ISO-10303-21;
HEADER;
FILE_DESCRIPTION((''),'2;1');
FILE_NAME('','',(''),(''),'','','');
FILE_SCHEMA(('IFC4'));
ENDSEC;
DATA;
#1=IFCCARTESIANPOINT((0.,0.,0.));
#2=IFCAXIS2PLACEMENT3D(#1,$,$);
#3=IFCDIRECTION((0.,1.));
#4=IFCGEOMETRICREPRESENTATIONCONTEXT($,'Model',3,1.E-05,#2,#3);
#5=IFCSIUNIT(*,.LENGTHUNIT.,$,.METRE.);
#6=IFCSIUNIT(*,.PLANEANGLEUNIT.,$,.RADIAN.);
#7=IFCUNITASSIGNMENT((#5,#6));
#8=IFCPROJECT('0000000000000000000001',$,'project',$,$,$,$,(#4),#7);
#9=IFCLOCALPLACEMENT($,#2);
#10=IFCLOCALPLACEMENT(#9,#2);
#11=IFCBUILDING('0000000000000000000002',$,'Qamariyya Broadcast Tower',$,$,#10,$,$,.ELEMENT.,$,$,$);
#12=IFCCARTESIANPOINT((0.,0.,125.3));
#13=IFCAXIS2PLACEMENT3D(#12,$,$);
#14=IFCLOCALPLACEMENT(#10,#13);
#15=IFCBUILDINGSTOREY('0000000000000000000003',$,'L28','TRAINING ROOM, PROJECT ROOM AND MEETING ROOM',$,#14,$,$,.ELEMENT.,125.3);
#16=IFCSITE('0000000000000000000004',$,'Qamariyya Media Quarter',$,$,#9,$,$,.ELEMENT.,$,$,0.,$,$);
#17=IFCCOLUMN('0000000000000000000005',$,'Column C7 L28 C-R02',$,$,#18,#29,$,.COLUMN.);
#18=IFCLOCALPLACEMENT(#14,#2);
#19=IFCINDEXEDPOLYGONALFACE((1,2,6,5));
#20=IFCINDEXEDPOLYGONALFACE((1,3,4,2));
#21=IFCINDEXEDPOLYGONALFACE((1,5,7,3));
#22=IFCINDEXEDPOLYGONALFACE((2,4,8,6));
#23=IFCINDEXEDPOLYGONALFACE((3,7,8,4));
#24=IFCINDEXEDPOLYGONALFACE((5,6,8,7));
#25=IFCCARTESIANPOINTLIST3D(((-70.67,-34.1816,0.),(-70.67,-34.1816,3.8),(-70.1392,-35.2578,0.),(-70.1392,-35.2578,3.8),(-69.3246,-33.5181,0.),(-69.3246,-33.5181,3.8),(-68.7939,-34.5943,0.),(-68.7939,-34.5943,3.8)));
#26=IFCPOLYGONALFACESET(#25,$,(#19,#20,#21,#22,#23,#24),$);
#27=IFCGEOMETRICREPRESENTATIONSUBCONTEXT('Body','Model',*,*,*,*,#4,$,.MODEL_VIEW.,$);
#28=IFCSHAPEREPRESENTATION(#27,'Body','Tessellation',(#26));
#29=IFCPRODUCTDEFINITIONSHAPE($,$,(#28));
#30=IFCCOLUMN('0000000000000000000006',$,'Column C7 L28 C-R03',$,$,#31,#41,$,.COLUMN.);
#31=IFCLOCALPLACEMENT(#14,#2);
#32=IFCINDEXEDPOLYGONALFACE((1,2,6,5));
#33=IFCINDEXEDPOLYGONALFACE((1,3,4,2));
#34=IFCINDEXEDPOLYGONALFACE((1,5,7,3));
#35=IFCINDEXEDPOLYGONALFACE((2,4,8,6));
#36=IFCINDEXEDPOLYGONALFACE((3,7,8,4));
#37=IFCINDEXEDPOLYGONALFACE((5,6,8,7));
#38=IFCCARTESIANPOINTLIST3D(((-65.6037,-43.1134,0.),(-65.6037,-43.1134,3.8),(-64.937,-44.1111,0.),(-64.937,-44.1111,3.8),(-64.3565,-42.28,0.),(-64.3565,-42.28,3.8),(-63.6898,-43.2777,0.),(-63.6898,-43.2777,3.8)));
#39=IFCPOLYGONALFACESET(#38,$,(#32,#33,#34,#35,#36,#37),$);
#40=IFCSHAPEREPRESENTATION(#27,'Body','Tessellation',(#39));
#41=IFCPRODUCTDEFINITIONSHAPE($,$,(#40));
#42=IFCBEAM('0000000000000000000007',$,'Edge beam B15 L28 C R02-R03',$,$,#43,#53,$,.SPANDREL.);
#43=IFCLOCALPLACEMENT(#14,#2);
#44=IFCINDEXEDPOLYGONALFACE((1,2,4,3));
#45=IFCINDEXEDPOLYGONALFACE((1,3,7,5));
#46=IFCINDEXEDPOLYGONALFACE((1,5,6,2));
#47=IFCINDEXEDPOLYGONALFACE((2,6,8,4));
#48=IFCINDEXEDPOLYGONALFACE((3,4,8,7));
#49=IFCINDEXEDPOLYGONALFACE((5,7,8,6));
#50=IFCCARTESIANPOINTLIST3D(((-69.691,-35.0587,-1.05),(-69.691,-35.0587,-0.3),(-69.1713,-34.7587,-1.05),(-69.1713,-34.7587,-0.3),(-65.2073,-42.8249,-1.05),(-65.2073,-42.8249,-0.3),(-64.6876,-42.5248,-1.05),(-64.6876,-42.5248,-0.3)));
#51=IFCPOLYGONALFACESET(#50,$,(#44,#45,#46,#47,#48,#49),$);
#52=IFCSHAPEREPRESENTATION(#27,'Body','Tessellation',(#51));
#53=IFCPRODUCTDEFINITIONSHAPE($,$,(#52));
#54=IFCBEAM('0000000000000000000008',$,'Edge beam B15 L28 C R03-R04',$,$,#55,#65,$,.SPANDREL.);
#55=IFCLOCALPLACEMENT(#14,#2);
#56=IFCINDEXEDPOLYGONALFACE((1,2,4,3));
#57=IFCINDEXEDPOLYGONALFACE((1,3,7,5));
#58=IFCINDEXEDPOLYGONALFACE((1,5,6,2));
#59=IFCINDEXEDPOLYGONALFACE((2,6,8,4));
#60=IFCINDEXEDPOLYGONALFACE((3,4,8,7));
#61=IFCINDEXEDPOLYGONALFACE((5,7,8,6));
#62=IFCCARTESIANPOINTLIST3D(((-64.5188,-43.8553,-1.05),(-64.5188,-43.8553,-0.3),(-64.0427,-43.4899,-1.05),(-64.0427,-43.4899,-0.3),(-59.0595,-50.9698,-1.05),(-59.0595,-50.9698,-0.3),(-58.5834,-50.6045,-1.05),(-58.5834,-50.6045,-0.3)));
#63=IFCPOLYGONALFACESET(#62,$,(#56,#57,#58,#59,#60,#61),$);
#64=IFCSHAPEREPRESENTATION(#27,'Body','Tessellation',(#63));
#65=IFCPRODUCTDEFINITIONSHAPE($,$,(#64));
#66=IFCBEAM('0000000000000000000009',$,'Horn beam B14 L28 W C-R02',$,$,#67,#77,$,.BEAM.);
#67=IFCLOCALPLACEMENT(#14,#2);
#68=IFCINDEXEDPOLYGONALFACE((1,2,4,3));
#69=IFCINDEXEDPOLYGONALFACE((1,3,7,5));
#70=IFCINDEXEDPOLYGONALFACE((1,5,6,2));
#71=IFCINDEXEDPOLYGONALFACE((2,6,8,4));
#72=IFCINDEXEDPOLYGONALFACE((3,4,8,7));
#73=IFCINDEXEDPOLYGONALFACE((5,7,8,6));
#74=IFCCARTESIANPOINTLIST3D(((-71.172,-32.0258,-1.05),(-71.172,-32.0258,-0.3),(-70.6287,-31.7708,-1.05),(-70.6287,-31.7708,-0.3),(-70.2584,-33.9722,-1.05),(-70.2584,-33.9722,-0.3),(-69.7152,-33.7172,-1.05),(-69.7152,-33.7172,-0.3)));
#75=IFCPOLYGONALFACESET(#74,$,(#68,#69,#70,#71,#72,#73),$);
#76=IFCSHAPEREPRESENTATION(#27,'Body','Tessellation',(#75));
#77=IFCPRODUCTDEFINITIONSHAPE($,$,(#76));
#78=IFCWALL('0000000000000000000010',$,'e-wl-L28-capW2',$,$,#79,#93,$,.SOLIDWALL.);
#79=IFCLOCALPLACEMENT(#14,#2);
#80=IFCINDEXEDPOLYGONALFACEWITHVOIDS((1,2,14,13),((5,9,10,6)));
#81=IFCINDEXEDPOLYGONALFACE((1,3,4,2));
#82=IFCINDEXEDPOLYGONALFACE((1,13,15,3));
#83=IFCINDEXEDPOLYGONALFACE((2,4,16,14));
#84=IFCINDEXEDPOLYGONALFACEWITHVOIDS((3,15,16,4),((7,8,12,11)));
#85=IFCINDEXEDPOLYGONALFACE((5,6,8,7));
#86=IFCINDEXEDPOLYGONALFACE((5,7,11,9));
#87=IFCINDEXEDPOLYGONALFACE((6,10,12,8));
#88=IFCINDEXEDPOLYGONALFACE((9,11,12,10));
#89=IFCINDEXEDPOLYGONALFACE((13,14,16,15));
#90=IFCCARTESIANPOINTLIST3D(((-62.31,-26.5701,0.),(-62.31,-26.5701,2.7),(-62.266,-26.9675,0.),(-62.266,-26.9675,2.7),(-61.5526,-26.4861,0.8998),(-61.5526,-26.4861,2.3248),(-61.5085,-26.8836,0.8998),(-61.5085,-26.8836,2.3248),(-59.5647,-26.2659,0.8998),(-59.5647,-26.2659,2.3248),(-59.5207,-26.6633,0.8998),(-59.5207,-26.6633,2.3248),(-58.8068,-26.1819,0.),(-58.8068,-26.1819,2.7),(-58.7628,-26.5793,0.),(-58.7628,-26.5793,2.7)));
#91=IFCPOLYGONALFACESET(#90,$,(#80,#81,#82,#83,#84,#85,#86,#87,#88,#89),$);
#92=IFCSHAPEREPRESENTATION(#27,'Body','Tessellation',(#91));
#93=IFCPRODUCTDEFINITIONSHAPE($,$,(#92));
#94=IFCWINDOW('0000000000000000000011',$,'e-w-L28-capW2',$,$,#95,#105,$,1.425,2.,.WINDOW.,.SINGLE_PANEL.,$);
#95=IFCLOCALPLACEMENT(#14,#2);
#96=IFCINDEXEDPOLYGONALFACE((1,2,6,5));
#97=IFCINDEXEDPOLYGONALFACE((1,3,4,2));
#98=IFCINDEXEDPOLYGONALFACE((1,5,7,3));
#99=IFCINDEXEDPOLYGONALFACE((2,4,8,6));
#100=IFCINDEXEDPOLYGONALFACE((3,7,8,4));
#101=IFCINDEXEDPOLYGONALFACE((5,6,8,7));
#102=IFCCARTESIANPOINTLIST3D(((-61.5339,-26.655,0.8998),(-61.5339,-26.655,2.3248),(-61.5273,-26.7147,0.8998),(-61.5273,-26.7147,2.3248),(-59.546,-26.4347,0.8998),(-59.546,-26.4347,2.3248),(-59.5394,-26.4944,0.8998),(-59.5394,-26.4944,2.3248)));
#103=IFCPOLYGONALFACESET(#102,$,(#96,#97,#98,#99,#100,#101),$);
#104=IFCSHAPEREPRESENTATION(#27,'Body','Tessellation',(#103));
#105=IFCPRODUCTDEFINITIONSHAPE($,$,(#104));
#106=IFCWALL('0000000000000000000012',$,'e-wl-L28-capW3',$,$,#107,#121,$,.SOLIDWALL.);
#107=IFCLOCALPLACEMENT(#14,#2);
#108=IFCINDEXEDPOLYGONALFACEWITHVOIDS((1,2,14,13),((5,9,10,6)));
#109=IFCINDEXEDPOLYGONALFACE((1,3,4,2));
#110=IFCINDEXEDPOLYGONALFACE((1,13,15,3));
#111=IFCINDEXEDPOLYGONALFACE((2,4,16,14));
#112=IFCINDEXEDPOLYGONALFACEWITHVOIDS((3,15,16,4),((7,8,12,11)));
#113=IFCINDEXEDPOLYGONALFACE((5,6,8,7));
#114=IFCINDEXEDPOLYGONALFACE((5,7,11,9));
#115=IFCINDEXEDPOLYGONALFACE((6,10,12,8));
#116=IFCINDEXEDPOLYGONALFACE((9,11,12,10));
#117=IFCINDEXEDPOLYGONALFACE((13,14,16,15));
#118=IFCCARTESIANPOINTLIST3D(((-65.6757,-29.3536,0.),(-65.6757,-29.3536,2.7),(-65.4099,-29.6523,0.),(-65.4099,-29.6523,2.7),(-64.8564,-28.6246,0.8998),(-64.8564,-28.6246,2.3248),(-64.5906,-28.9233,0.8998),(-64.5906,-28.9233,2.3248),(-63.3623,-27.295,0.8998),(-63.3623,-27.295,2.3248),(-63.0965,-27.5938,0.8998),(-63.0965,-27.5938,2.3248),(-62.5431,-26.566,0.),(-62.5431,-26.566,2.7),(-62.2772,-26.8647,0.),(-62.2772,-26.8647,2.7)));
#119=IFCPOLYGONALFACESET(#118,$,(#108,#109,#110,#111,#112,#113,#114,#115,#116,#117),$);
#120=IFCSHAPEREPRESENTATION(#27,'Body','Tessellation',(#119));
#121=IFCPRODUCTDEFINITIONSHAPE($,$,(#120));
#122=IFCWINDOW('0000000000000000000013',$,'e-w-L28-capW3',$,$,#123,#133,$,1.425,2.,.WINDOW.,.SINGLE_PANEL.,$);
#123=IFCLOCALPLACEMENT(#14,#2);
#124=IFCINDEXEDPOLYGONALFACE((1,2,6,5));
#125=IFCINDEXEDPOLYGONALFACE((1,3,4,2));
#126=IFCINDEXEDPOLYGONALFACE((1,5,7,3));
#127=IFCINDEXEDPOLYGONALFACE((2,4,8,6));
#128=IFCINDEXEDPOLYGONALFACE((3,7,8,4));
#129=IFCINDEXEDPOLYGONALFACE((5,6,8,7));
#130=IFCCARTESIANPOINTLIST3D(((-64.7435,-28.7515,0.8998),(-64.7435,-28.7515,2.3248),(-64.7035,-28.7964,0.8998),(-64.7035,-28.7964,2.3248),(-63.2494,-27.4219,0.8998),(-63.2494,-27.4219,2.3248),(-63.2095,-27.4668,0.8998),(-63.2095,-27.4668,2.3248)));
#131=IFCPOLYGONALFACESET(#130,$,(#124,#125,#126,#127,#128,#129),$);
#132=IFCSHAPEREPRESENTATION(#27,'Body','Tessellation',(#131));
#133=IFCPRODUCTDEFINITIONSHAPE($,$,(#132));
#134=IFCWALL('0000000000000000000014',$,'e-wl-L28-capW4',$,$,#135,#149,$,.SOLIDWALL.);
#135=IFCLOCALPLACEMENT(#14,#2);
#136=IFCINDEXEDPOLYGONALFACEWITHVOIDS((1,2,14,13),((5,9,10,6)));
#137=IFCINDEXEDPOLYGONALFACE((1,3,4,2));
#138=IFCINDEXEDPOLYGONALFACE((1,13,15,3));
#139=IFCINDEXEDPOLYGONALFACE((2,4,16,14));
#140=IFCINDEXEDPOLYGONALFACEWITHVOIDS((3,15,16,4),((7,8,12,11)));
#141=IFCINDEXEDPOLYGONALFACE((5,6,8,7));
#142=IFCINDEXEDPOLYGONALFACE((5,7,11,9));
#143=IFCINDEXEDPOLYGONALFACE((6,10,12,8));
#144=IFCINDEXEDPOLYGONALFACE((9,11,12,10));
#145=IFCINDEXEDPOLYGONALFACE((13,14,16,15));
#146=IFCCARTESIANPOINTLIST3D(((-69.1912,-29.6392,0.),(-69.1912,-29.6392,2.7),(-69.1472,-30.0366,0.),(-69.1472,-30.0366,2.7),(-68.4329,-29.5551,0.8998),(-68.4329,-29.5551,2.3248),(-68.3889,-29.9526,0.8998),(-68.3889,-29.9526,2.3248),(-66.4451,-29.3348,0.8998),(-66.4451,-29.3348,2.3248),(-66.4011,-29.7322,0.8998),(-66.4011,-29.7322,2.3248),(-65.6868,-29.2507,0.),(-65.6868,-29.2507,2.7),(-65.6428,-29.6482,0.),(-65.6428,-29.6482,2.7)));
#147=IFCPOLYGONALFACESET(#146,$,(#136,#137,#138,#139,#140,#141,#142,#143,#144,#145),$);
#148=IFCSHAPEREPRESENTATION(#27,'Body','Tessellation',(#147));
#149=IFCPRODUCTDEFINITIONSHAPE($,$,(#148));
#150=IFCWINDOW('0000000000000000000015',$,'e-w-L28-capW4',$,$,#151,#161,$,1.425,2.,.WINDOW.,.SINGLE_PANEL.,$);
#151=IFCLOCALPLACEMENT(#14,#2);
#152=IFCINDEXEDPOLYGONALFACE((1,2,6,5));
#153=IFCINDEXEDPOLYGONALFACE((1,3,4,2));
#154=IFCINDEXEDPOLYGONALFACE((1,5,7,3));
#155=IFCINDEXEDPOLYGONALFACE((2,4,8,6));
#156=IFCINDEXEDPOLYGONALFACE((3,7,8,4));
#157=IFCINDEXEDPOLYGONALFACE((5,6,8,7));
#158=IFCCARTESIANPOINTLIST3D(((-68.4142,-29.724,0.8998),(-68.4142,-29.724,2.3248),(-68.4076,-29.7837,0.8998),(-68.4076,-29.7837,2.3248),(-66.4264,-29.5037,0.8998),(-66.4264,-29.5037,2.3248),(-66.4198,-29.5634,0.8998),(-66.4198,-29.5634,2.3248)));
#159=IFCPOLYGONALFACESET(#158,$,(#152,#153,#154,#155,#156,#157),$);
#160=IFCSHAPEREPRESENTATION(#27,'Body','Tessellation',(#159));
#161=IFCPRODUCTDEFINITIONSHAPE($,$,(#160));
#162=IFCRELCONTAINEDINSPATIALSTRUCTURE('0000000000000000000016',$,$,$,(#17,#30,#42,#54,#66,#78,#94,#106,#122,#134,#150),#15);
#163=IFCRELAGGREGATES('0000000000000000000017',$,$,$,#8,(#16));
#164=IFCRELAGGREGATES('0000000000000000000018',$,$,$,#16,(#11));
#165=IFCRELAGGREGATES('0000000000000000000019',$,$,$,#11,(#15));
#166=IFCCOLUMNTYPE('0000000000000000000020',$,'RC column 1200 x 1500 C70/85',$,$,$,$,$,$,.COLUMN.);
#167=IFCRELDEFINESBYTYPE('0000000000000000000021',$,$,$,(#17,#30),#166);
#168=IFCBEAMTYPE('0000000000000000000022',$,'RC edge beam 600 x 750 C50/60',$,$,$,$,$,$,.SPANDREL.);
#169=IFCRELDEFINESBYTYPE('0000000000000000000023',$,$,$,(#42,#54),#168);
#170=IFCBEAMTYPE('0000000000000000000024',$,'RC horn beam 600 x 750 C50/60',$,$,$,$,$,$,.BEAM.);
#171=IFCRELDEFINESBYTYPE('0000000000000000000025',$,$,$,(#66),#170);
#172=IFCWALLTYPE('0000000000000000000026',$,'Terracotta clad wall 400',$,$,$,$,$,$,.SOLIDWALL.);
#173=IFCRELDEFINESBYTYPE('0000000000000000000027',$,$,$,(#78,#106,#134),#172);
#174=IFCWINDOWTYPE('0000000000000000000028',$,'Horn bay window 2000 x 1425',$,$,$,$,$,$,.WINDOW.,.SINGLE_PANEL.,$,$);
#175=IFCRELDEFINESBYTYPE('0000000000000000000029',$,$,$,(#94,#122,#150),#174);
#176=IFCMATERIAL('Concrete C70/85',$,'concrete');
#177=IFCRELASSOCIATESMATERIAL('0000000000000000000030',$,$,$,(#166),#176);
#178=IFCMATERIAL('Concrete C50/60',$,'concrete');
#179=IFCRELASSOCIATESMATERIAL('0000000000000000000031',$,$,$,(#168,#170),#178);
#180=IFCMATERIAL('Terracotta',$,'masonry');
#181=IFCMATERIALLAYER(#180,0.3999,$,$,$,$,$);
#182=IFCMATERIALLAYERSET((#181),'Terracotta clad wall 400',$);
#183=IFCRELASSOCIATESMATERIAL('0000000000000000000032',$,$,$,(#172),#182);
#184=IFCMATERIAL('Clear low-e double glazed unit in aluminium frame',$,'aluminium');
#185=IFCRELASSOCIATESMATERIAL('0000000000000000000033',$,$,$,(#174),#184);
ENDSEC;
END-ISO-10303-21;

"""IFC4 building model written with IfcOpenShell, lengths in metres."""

from ifc_helpers import new_model, si_unit, direction, frame, frame_2d, origin, origin_2d, place, context, subcontext, project, spatial, rectangle, extrude, material, layer, layer_set, material_profile, profile_set, type_object, element, fill, save


model = new_model("IFC4")

# Units and contexts
model_context = context("Model", 3, precision=1e-05, world=origin(), true_north=direction((0.0, 1.0)))
body_context = subcontext(model_context, "Body", "Model", "MODEL_VIEW")
ifc_project = project(units=[si_unit("LENGTHUNIT", "METRE"), si_unit("PLANEANGLEUNIT", "RADIAN")], contexts=[model_context])

# Site, building, storey
site_placement = place(None, origin())
site = spatial("IfcSite", under=ifc_project, at=site_placement, Name="Qamariyya Media Quarter", CompositionType="ELEMENT", RefElevation=0.0)
building_placement = place(site_placement, origin())
building = spatial("IfcBuilding", under=site, at=building_placement, Name="Qamariyya Broadcast Tower", CompositionType="ELEMENT")
storey_placement = place(building_placement, frame((0.0, 0.0, 125.3)))
storey = spatial("IfcBuildingStorey", under=building, at=storey_placement, Name="L28", Description="TRAINING ROOM, PROJECT ROOM AND MEETING ROOM", CompositionType="ELEMENT", Elevation=125.3)

# Columns
ifc_material_1 = material(Name="Concrete C70/85", Category="concrete")
ifc_material_profile_1 = material_profile(ifc_material_1, rectangle(XDim=1.2, YDim=1.5, at=origin_2d()))
ifc_profile_set_1 = profile_set([ifc_material_profile_1], Name="Concrete C70/85")
column_type = type_object("IfcColumnType", Name="RC column 1200 x 1500 C70/85", PredefinedType="COLUMN", material=ifc_profile_set_1)
for number, where, z_axis, x_axis, name in (
    (1, (-69.7319, -34.3879, 0.0), (0.0, 0.0, 1.0), (0.442289, -0.896873, 0.0), "Column C7 L28 C-R02"),
    (2, (-64.6467, -43.1956, 0.0), (0.0, 0.0, 1.0), (0.55557, -0.83147, 0.0), "Column C7 L28 C-R03"),
):
    element("IfcColumn", number, at=place(storey_placement, frame(where, z_axis=z_axis, x_axis=x_axis)), inside=storey, type_object=column_type, Name=name, PredefinedType="COLUMN", context=body_context, shape_type="SweptSolid", body=[
        extrude(rectangle(XDim=1.2, YDim=1.5, at=origin_2d()), origin(), (0.0, 0.0, 1.0), 3.8),
    ])

# Beams
ifc_material_2 = material(Name="Concrete C50/60", Category="concrete")
ifc_material_profile_2 = material_profile(ifc_material_2, rectangle(XDim=0.6001, YDim=0.75, at=origin_2d()))
ifc_profile_set_2 = profile_set([ifc_material_profile_2], Name="Concrete C50/60")
beam_type_1 = type_object("IfcBeamType", Name="RC edge beam 600 x 750 C50/60", PredefinedType="SPANDREL", material=ifc_profile_set_2)
beam_1_placement = place(storey_placement, frame((-69.4312, -34.9087, -0.675), z_axis=(0.49999, -0.866031, 0.0), x_axis=(0.866031, 0.49999, 0.0)))
element("IfcBeam", 3, at=beam_1_placement, inside=storey, type_object=beam_type_1, Name="Edge beam B15 L28 C R02-R03", PredefinedType="SPANDREL", context=body_context, shape_type="SweptSolid", body=[
    extrude(rectangle(XDim=0.6001, YDim=0.75, at=origin_2d()), origin(), (0.0, 0.0, 1.0), 8.9675),
])
beam_2_placement = place(storey_placement, frame((-64.2808, -43.6726, -0.675), z_axis=(0.608767, -0.793349, 0.0), x_axis=(0.793349, 0.608767, 0.0)))
element("IfcBeam", 4, at=beam_2_placement, inside=storey, type_object=beam_type_1, Name="Edge beam B15 L28 C R03-R04", PredefinedType="SPANDREL", context=body_context, shape_type="SweptSolid", body=[
    extrude(rectangle(XDim=0.6001, YDim=0.75, at=origin_2d()), origin(), (0.0, 0.0, 1.0), 8.9678),
])
ifc_material_profile_3 = material_profile(ifc_material_2, rectangle(XDim=0.6001, YDim=0.75, at=origin_2d()))
ifc_profile_set_3 = profile_set([ifc_material_profile_3], Name="Concrete C50/60")
beam_type_2 = type_object("IfcBeamType", Name="RC horn beam 600 x 750 C50/60", PredefinedType="BEAM", material=ifc_profile_set_3)
beam_3_placement = place(storey_placement, frame((-69.9868, -33.8447, -0.675), z_axis=(-0.424867, 0.905256, 0.0), x_axis=(-0.905256, -0.424867, 0.0)))
element("IfcBeam", 5, at=beam_3_placement, inside=storey, type_object=beam_type_2, Name="Horn beam B14 L28 W C-R02", PredefinedType="BEAM", context=body_context, shape_type="SweptSolid", body=[
    extrude(rectangle(XDim=0.6001, YDim=0.75, at=origin_2d()), origin(), (0.0, 0.0, 1.0), 2.1501),
])

# Walls, openings, windows
ifc_material_3 = material(Name="Terracotta", Category="masonry")
ifc_layer = layer(ifc_material_3, 0.3999)
ifc_layer_set = layer_set([ifc_layer], Name="Terracotta clad wall 400")
wall_type = type_object("IfcWallType", Name="Terracotta clad wall 400", PredefinedType="SOLIDWALL", material=ifc_layer_set)
wall_1_placement = place(storey_placement, frame((-58.7849, -26.3806, 0.0), z_axis=(0.0, 0.0, 1.0), x_axis=(-0.993917, -0.110135, 0.0)))
wall_1 = element("IfcWall", 6, at=wall_1_placement, inside=storey, type_object=wall_type, Name="e-wl-L28-capW2", PredefinedType="SOLIDWALL", context=body_context, shape_type="SweptSolid", body=[
    extrude(rectangle(XDim=3.5247, YDim=0.3999, at=frame_2d((1.7622, 0.0))), origin(), (0.0, 0.0, 1.0), 2.7),
])
opening_1_placement = place(wall_1_placement, frame((0.7625, 0.0, 0.8999)))
opening_1 = element("IfcOpeningElement", 7, at=opening_1_placement, cuts=wall_1, PredefinedType="OPENING", context=body_context, shape_type="SweptSolid", body=[
    extrude(rectangle(XDim=2.0, YDim=1.425, at=frame_2d((1.0, 0.7124))), frame((0.0, 0.21, 0.0), z_axis=(0.0, -1.0, 0.0), x_axis=(1.0, 0.0, 0.0)), (0.0, 0.0, 1.0), 0.4199),
])
ifc_material_4 = material(Name="Clear low-e double glazed unit in aluminium frame", Category="aluminium")
window_type = type_object("IfcWindowType", Name="Horn bay window 2000 x 1425", PartitioningType="SINGLE_PANEL", PredefinedType="WINDOW", material=ifc_material_4)
window_1_placement = place(opening_1_placement, origin())
window_1 = element("IfcWindow", 8, at=window_1_placement, inside=storey, type_object=window_type, Name="e-w-L28-capW2", OverallHeight=1.425, OverallWidth=2.0, PartitioningType="SINGLE_PANEL", PredefinedType="WINDOW", context=body_context, shape_type="SweptSolid", body=[
    extrude(rectangle(XDim=2.0, YDim=1.425, at=frame_2d((1.0, 0.7124))), frame((0.0, 0.03, 0.0), z_axis=(0.0, -1.0, 0.0), x_axis=(1.0, 0.0, 0.0)), (0.0, 0.0, 1.0), 0.0601),
])
fill(opening_1, window_1)
wall_2_placement = place(storey_placement, frame((-62.4102, -26.7153, 0.0), z_axis=(0.0, 0.0, 1.0), x_axis=(-0.747043, -0.664776, 0.0)))
wall_2 = element("IfcWall", 9, at=wall_2_placement, inside=storey, type_object=wall_type, Name="e-wl-L28-capW3", PredefinedType="SOLIDWALL", context=body_context, shape_type="SweptSolid", body=[
    extrude(rectangle(XDim=4.1934, YDim=0.3999, at=frame_2d((2.0967, 0.0))), origin(), (0.0, 0.0, 1.0), 2.7),
])
opening_2_placement = place(wall_2_placement, frame((1.0967, 0.0, 0.8999)))
opening_2 = element("IfcOpeningElement", 10, at=opening_2_placement, cuts=wall_2, PredefinedType="OPENING", context=body_context, shape_type="SweptSolid", body=[
    extrude(rectangle(XDim=2.0, YDim=1.425, at=frame_2d((1.0, 0.7124))), frame((0.0, 0.21, 0.0), z_axis=(0.0, -1.0, 0.0), x_axis=(1.0, 0.0, 0.0)), (0.0, 0.0, 1.0), 0.4199),
])
window_2_placement = place(opening_2_placement, origin())
window_2 = element("IfcWindow", 11, at=window_2_placement, inside=storey, type_object=window_type, Name="e-w-L28-capW3", OverallHeight=1.425, OverallWidth=2.0, PartitioningType="SINGLE_PANEL", PredefinedType="WINDOW", context=body_context, shape_type="SweptSolid", body=[
    extrude(rectangle(XDim=2.0, YDim=1.425, at=frame_2d((1.0, 0.7124))), frame((0.0, 0.03, 0.0), z_axis=(0.0, -1.0, 0.0), x_axis=(1.0, 0.0, 0.0)), (0.0, 0.0, 1.0), 0.0601),
])
fill(opening_2, window_2)
wall_3_placement = place(storey_placement, frame((-65.6648, -29.4495, 0.0), z_axis=(0.0, 0.0, 1.0), x_axis=(-0.993913, -0.110166, 0.0)))
wall_3 = element("IfcWall", 12, at=wall_3_placement, inside=storey, type_object=wall_type, Name="e-wl-L28-capW4", PredefinedType="SOLIDWALL", context=body_context, shape_type="SweptSolid", body=[
    extrude(rectangle(XDim=3.5259, YDim=0.3999, at=frame_2d((1.7629, 0.0))), origin(), (0.0, 0.0, 1.0), 2.7),
])
opening_3_placement = place(wall_3_placement, frame((0.7629, 0.0, 0.8999)))
opening_3 = element("IfcOpeningElement", 13, at=opening_3_placement, cuts=wall_3, PredefinedType="OPENING", context=body_context, shape_type="SweptSolid", body=[
    extrude(rectangle(XDim=2.0, YDim=1.425, at=frame_2d((1.0, 0.7124))), frame((0.0, 0.21, 0.0), z_axis=(0.0, -1.0, 0.0), x_axis=(1.0, 0.0, 0.0)), (0.0, 0.0, 1.0), 0.4199),
])
window_3_placement = place(opening_3_placement, origin())
window_3 = element("IfcWindow", 14, at=window_3_placement, inside=storey, type_object=window_type, Name="e-w-L28-capW4", OverallHeight=1.425, OverallWidth=2.0, PartitioningType="SINGLE_PANEL", PredefinedType="WINDOW", context=body_context, shape_type="SweptSolid", body=[
    extrude(rectangle(XDim=2.0, YDim=1.425, at=frame_2d((1.0, 0.7124))), frame((0.0, 0.03, 0.0), z_axis=(0.0, -1.0, 0.0), x_axis=(1.0, 0.0, 0.0)), (0.0, 0.0, 1.0), 0.0601),
])
fill(opening_3, window_3)

save(model, "model.ifc")
